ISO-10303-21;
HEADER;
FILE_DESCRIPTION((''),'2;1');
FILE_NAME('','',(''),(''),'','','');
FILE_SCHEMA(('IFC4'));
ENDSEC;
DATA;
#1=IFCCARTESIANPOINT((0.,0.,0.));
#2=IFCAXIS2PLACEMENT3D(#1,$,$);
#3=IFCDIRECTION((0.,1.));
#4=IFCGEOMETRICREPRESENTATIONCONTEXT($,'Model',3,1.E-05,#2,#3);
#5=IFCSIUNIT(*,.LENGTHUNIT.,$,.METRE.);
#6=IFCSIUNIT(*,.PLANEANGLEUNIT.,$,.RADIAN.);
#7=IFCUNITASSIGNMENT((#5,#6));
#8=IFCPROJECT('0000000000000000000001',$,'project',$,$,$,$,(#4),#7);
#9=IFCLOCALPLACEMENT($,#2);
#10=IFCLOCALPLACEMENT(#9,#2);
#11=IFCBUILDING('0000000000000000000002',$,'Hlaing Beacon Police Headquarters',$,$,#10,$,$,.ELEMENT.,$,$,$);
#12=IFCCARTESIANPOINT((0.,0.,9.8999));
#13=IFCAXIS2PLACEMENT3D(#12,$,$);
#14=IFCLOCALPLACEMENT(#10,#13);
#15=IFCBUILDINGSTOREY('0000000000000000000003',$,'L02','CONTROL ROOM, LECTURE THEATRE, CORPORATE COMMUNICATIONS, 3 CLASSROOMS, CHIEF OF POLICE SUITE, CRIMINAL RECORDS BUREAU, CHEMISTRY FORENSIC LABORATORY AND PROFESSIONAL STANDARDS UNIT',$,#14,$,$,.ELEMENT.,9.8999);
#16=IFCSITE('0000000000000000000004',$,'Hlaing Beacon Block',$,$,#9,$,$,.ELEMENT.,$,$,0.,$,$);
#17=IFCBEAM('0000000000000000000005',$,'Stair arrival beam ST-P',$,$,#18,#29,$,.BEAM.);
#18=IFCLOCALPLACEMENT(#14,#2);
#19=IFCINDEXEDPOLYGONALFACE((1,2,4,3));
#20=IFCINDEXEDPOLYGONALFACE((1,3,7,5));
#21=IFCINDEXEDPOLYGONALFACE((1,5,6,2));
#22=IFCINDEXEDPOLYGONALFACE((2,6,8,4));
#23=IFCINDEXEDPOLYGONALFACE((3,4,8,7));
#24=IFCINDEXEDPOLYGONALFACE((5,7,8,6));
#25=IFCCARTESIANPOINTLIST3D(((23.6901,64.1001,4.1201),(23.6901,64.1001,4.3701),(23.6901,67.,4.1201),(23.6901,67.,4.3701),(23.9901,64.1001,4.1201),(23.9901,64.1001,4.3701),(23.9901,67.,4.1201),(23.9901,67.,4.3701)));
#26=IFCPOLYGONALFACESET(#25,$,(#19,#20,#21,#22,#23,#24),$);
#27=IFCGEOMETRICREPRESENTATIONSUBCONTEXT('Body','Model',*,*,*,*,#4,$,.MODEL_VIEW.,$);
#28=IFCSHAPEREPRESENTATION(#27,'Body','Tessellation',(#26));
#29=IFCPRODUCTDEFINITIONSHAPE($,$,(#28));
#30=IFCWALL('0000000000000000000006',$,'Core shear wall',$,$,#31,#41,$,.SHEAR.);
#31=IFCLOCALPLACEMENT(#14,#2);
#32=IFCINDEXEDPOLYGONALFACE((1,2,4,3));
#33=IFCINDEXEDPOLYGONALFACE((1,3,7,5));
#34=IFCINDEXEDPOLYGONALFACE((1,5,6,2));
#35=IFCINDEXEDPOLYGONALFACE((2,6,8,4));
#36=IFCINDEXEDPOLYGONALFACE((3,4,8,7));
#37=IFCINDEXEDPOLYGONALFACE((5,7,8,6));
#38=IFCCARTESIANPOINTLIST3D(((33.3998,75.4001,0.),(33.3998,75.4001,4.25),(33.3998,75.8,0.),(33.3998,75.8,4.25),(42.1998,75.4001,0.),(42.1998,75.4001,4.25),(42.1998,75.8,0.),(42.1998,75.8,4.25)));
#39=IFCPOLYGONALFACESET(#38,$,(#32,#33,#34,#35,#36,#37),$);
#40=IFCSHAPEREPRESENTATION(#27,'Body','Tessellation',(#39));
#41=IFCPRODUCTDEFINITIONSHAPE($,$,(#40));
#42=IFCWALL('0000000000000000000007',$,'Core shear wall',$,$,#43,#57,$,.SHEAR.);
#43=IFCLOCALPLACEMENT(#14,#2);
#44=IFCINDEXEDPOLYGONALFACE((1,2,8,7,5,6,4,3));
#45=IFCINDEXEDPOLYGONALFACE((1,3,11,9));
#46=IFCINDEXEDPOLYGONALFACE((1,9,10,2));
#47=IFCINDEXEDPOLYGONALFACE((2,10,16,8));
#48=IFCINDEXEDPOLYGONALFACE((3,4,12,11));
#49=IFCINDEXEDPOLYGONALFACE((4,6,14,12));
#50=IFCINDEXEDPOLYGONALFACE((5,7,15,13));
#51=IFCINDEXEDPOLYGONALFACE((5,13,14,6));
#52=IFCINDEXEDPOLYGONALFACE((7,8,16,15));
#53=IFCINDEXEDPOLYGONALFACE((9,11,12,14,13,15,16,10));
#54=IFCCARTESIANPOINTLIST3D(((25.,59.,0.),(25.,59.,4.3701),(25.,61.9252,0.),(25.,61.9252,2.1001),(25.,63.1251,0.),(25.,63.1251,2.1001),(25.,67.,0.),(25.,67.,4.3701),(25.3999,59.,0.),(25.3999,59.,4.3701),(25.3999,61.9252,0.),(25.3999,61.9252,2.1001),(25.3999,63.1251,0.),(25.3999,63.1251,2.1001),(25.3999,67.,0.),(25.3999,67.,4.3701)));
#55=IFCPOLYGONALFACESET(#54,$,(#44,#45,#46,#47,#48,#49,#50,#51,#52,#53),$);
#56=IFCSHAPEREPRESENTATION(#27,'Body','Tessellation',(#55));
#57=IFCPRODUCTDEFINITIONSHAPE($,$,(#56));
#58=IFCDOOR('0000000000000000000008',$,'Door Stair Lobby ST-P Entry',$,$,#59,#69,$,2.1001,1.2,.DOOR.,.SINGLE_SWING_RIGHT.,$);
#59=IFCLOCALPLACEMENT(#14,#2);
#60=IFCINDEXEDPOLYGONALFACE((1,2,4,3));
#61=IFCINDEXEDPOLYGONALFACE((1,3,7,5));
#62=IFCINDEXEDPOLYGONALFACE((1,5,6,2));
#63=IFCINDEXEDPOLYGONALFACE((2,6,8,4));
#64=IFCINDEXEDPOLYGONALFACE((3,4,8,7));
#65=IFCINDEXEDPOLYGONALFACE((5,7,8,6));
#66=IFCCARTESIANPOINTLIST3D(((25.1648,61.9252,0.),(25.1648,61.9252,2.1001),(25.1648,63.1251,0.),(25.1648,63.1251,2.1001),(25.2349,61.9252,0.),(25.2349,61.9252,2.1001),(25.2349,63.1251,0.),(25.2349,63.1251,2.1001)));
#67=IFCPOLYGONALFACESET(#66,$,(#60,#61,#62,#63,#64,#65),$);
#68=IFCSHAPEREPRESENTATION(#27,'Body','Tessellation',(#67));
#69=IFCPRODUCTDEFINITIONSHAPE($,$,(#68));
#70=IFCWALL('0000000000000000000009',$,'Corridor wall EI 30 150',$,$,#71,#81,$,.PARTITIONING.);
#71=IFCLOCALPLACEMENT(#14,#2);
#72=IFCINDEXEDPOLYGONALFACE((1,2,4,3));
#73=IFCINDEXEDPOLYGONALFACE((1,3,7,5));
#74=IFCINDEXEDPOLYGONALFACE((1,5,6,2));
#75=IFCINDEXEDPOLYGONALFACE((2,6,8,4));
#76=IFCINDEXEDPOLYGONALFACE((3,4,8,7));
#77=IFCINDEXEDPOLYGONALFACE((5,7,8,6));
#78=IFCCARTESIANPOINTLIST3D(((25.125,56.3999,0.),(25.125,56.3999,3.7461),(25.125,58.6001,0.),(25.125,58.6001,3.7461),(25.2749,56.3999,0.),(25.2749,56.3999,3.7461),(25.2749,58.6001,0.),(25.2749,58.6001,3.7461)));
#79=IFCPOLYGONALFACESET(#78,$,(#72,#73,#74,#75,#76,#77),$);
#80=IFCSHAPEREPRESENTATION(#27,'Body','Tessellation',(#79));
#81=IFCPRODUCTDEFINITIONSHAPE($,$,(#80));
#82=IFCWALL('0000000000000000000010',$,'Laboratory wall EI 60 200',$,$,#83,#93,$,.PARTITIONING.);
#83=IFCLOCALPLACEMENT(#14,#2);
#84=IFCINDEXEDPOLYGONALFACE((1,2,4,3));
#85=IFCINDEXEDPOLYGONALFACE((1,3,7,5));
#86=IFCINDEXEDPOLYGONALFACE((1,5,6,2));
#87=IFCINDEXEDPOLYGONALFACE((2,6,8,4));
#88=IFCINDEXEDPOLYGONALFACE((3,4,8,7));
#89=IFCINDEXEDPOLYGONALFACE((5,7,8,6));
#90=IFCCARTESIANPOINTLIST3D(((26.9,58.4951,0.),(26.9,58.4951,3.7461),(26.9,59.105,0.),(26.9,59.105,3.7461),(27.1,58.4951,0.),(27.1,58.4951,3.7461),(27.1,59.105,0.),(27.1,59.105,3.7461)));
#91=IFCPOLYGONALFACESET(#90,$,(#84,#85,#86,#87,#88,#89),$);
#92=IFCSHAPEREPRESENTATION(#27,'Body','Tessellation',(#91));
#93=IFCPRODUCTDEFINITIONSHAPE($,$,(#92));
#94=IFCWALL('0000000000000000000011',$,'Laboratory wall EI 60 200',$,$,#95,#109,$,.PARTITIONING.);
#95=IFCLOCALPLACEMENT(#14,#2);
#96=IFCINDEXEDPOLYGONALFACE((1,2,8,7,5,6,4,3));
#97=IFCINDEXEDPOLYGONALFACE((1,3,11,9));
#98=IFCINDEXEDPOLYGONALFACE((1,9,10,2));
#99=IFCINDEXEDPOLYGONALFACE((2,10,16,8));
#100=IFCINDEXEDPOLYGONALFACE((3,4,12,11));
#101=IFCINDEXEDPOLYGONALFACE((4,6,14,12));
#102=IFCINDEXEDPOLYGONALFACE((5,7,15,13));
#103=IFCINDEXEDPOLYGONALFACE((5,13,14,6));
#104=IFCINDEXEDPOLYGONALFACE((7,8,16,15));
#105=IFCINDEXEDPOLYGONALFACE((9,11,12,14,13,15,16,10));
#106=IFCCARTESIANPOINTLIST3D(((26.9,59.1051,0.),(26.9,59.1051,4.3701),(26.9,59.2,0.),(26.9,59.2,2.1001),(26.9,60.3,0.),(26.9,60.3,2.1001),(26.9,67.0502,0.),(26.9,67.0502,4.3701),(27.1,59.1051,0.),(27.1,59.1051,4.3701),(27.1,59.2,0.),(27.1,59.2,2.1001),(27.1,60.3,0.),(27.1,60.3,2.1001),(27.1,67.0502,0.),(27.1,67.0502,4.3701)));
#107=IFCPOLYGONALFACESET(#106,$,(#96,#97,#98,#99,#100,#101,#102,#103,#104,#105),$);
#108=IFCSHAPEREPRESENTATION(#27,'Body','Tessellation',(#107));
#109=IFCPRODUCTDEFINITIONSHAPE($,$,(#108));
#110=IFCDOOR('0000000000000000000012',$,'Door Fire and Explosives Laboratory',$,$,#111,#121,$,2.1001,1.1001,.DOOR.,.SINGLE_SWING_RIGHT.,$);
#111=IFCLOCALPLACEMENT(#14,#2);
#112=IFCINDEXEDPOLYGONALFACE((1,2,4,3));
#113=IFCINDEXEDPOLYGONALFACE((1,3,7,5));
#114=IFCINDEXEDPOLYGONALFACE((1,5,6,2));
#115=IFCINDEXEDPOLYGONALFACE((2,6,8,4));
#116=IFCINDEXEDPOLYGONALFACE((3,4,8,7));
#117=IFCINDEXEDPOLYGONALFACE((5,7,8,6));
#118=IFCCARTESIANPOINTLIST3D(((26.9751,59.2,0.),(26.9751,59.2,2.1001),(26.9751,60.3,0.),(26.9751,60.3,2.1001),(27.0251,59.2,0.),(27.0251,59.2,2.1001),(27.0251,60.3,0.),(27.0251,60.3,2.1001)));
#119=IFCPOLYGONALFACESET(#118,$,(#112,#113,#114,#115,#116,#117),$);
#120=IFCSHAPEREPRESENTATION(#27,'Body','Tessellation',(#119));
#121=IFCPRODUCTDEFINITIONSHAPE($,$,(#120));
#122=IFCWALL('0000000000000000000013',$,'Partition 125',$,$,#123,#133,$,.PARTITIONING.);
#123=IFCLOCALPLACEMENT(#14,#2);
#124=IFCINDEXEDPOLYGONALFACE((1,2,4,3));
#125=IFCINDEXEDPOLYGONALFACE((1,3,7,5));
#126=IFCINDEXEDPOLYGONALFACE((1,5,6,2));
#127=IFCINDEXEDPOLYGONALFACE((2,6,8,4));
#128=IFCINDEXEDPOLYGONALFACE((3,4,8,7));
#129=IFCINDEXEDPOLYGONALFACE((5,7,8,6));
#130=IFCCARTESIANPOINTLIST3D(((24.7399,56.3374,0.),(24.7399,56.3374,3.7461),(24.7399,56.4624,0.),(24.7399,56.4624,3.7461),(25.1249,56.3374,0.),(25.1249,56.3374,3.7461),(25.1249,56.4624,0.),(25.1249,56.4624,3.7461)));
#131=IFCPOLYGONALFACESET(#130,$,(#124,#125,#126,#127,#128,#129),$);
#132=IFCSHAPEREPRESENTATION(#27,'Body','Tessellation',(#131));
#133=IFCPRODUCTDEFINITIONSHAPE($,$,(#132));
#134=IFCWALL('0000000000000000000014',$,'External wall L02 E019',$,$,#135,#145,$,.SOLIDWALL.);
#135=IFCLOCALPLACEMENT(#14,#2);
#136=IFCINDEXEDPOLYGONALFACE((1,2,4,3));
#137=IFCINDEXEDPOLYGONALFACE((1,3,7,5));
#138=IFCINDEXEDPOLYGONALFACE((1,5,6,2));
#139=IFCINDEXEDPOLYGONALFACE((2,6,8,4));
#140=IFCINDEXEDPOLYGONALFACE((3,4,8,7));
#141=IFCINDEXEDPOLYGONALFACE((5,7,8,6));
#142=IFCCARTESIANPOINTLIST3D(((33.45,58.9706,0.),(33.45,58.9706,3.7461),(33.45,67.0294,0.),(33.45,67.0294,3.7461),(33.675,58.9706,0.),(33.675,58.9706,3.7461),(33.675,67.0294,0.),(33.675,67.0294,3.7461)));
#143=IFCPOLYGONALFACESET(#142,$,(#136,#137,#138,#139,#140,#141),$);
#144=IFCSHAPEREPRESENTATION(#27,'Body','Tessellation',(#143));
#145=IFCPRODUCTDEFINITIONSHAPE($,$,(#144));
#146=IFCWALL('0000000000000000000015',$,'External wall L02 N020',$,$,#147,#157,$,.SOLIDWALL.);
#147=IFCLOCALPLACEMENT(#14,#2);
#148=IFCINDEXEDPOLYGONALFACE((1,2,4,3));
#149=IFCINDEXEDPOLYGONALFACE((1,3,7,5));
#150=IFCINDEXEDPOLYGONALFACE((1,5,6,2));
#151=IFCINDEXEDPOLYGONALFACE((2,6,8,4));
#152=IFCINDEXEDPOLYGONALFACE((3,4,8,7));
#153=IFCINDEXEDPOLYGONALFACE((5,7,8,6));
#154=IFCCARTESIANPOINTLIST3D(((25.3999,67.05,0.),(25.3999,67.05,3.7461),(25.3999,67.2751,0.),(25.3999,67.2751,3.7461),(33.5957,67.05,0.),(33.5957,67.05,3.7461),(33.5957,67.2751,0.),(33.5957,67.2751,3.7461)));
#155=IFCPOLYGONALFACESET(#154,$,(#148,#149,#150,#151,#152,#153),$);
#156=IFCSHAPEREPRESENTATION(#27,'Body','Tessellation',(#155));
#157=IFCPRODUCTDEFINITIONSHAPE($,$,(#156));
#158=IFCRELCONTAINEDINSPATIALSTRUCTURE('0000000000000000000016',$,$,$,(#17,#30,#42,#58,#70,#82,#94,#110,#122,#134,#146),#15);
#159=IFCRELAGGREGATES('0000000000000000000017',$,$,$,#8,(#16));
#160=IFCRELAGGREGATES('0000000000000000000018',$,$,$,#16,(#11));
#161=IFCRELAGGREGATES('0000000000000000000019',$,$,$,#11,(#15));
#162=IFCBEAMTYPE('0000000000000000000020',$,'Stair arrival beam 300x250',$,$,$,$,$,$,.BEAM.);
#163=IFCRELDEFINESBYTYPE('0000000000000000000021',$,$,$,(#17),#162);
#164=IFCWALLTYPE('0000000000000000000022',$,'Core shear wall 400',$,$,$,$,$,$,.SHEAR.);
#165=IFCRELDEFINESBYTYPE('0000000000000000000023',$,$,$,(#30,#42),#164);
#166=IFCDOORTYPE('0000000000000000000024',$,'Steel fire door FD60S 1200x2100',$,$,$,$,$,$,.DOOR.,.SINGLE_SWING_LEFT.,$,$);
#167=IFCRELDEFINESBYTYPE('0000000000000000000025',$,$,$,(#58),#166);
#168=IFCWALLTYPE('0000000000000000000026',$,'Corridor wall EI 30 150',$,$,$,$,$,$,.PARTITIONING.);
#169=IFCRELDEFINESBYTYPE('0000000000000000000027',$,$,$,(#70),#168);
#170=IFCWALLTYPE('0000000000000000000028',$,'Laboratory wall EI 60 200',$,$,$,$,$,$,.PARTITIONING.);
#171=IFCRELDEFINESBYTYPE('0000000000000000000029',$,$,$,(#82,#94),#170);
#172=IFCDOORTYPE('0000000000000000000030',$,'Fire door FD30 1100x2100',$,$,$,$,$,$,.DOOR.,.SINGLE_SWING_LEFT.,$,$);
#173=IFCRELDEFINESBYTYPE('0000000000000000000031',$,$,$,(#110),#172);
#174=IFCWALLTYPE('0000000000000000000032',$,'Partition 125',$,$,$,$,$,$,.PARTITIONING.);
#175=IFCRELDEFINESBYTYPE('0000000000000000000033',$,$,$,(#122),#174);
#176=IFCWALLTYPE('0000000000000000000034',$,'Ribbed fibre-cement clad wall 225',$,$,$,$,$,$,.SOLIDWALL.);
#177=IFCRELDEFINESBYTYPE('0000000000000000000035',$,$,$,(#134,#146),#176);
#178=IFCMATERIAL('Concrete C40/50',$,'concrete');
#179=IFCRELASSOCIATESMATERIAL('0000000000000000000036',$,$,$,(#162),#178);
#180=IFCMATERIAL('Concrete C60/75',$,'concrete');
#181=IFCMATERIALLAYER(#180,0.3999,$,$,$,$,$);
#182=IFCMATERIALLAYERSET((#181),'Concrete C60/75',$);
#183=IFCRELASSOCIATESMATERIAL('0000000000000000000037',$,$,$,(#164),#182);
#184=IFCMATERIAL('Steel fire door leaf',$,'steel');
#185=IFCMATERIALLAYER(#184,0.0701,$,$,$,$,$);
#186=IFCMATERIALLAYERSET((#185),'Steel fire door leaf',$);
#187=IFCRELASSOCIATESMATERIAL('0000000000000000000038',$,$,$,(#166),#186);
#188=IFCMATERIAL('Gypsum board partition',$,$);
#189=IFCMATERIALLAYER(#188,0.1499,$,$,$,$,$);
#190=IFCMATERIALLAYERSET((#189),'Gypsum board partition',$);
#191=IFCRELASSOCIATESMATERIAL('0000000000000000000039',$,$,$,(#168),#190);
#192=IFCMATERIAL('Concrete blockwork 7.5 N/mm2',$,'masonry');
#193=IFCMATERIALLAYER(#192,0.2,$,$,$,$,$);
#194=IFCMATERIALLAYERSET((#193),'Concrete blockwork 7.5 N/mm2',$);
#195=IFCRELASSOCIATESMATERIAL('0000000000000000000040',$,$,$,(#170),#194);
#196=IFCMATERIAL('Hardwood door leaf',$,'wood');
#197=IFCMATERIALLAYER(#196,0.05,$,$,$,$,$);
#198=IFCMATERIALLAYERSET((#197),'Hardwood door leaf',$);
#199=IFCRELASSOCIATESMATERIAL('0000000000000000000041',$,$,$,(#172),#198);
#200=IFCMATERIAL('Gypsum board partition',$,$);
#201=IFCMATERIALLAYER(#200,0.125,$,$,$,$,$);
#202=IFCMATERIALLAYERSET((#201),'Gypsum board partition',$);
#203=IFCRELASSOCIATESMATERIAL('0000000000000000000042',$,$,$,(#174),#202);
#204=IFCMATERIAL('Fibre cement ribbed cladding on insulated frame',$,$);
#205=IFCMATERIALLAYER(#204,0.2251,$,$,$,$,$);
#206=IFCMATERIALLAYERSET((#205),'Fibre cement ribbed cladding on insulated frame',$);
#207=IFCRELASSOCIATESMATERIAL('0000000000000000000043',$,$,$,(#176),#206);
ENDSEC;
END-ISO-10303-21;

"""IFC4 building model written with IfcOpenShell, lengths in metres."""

from ifc_helpers import new_model, si_unit, direction, frame, frame_2d, origin, origin_2d, place, context, subcontext, project, spatial, rectangle, extrude, material, layer, layer_set, material_profile, profile_set, type_object, element, fill, save


model = new_model("IFC4")

# Units and contexts
model_context = context("Model", 3, precision=1e-05, world=origin(), true_north=direction((0.0, 1.0)))
body_context = subcontext(model_context, "Body", "Model", "MODEL_VIEW")
ifc_project = project(units=[si_unit("LENGTHUNIT", "METRE"), si_unit("PLANEANGLEUNIT", "RADIAN")], contexts=[model_context])

# Site, building, storey
site_placement = place(None, origin())
site = spatial("IfcSite", under=ifc_project, at=site_placement, Name="Hlaing Beacon Block", CompositionType="ELEMENT", RefElevation=0.0)
building_placement = place(site_placement, origin())
building = spatial("IfcBuilding", under=site, at=building_placement, Name="Hlaing Beacon Police Headquarters", CompositionType="ELEMENT")
storey_placement = place(building_placement, frame((0.0, 0.0, 9.8999)))
storey = spatial("IfcBuildingStorey", under=building, at=storey_placement, Name="L02", Description="CONTROL ROOM, LECTURE THEATRE, CORPORATE COMMUNICATIONS, 3 CLASSROOMS, CHIEF OF POLICE SUITE, CRIMINAL RECORDS BUREAU, CHEMISTRY FORENSIC LABORATORY AND PROFESSIONAL STANDARDS UNIT", CompositionType="ELEMENT", Elevation=9.8999)

# Beam
ifc_material_1 = material(Name="Concrete C40/50", Category="concrete")
ifc_material_profile_1 = material_profile(ifc_material_1, rectangle(XDim=0.3, YDim=0.25, at=origin_2d()), Name="Stair arrival beam 300x250")
ifc_profile_set_1 = profile_set([ifc_material_profile_1], Name="Concrete C40/50")
beam_type_1 = type_object("IfcBeamType", Name="Stair arrival beam 300x250", PredefinedType="BEAM", material=ifc_profile_set_1)
beam_placement = place(storey_placement, frame((23.8401, 67.0, 4.2451), z_axis=(0.0, -1.0, 0.0), x_axis=(1.0, 0.0, 0.0)))
element("IfcBeam", 1, at=beam_placement, inside=storey, type_object=beam_type_1, Name="Stair arrival beam ST-P", PredefinedType="BEAM", context=body_context, shape_type="SweptSolid", body=[
    extrude(rectangle(XDim=0.3, YDim=0.25, at=origin_2d()), origin(), (0.0, 0.0, 1.0), 2.8999),
])

# Wall
ifc_material_2 = material(Name="Concrete C60/75", Category="concrete")
ifc_layer_1 = layer(ifc_material_2, 0.3999)
ifc_layer_set_1 = layer_set([ifc_layer_1], Name="Concrete C60/75")
wall_type_1 = type_object("IfcWallType", Name="Core shear wall 400", PredefinedType="SHEAR", material=ifc_layer_set_1)
wall_1_placement = place(storey_placement, frame((33.3999, 75.6001, 0.0), z_axis=(0.0, 0.0, 1.0), x_axis=(1.0, 0.0, 0.0)))
element("IfcWall", 2, at=wall_1_placement, inside=storey, type_object=wall_type_1, Name="Core shear wall", PredefinedType="SHEAR", context=body_context, shape_type="SweptSolid", body=[
    extrude(rectangle(XDim=8.8, YDim=0.3999, at=frame_2d((4.3999, 0.0))), origin(), (0.0, 0.0, 1.0), 4.25),
])

# Wall, opening, door
wall_2_placement = place(storey_placement, frame((25.2, 59.0, 0.0), z_axis=(0.0, 0.0, 1.0), x_axis=(0.0, 1.0, 0.0)))
wall_2 = element("IfcWall", 3, at=wall_2_placement, inside=storey, type_object=wall_type_1, Name="Core shear wall", PredefinedType="SHEAR", context=body_context, shape_type="SweptSolid", body=[
    extrude(rectangle(XDim=8.0, YDim=0.3999, at=frame_2d((4.0, 0.0))), origin(), (0.0, 0.0, 1.0), 4.3701),
])
opening_1_placement = place(wall_2_placement, frame((2.925, 0.0, 0.0)))
opening_1 = element("IfcOpeningElement", 4, at=opening_1_placement, cuts=wall_2, PredefinedType="OPENING", context=body_context, shape_type="SweptSolid", body=[
    extrude(rectangle(XDim=1.2, YDim=2.1001, at=frame_2d((0.6001, 1.05))), frame((0.0, 0.21, 0.0), z_axis=(0.0, -1.0, 0.0), x_axis=(1.0, 0.0, 0.0)), (0.0, 0.0, 1.0), 0.4199),
])
ifc_material_3 = material(Name="Steel fire door leaf", Category="steel")
ifc_layer_2 = layer(ifc_material_3, 0.0701)
ifc_layer_set_2 = layer_set([ifc_layer_2], Name="Steel fire door leaf")
door_type_1 = type_object("IfcDoorType", Name="Steel fire door FD60S 1200x2100", OperationType="SINGLE_SWING_LEFT", PredefinedType="DOOR", material=ifc_layer_set_2)
door_1_placement = place(opening_1_placement, origin())
door_1 = element("IfcDoor", 5, at=door_1_placement, inside=storey, type_object=door_type_1, Name="Door Stair Lobby ST-P Entry", OperationType="SINGLE_SWING_RIGHT", OverallHeight=2.1001, OverallWidth=1.2, PredefinedType="DOOR", context=body_context, shape_type="SweptSolid", body=[
    extrude(rectangle(XDim=1.2, YDim=2.1001, at=frame_2d((0.6001, 1.05))), frame((0.0, 0.0352, 0.0), z_axis=(0.0, -1.0, 0.0), x_axis=(1.0, 0.0, 0.0)), (0.0, 0.0, 1.0), 0.0701),
])
fill(opening_1, door_1)

# Walls
ifc_material_4 = material(Name="Gypsum board partition")
ifc_layer_3 = layer(ifc_material_4, 0.1499)
ifc_layer_set_3 = layer_set([ifc_layer_3], Name="Gypsum board partition")
wall_type_2 = type_object("IfcWallType", Name="Corridor wall EI 30 150", PredefinedType="PARTITIONING", material=ifc_layer_set_3)
wall_3_placement = place(storey_placement, frame((25.2, 56.3999, 0.0), z_axis=(0.0, 0.0, 1.0), x_axis=(0.0, 1.0, 0.0)))
element("IfcWall", 6, at=wall_3_placement, inside=storey, type_object=wall_type_2, Name="Corridor wall EI 30 150", PredefinedType="PARTITIONING", context=body_context, shape_type="SweptSolid", body=[
    extrude(rectangle(XDim=2.2002, YDim=0.1499, at=frame_2d((1.1001, 0.0))), origin(), (0.0, 0.0, 1.0), 3.7461),
])
ifc_material_5 = material(Name="Concrete blockwork 7.5 N/mm2", Category="masonry")
ifc_layer_4 = layer(ifc_material_5, 0.2)
ifc_layer_set_4 = layer_set([ifc_layer_4], Name="Concrete blockwork 7.5 N/mm2")
wall_type_3 = type_object("IfcWallType", Name="Laboratory wall EI 60 200", PredefinedType="PARTITIONING", material=ifc_layer_set_4)
wall_4_placement = place(storey_placement, frame((27.0, 58.4951, 0.0), z_axis=(0.0, 0.0, 1.0), x_axis=(0.0, 1.0, 0.0)))
element("IfcWall", 7, at=wall_4_placement, inside=storey, type_object=wall_type_3, Name="Laboratory wall EI 60 200", PredefinedType="PARTITIONING", context=body_context, shape_type="SweptSolid", body=[
    extrude(rectangle(XDim=0.6099, YDim=0.2, at=frame_2d((0.3049, 0.0))), origin(), (0.0, 0.0, 1.0), 3.7461),
])

# Wall, opening, door
wall_5_placement = place(storey_placement, frame((27.0, 59.105, 0.0), z_axis=(0.0, 0.0, 1.0), x_axis=(0.0, 1.0, 0.0)))
wall_5 = element("IfcWall", 8, at=wall_5_placement, inside=storey, type_object=wall_type_3, Name="Laboratory wall EI 60 200", PredefinedType="PARTITIONING", context=body_context, shape_type="SweptSolid", body=[
    extrude(rectangle(XDim=7.9451, YDim=0.2, at=frame_2d((3.9727, 0.0))), origin(), (0.0, 0.0, 1.0), 4.3701),
])
opening_2_placement = place(wall_5_placement, frame((0.095, 0.0, 0.0)))
opening_2 = element("IfcOpeningElement", 9, at=opening_2_placement, cuts=wall_5, PredefinedType="OPENING", context=body_context, shape_type="SweptSolid", body=[
    extrude(rectangle(XDim=1.1001, YDim=2.1001, at=frame_2d((0.55, 1.05))), frame((0.0, 0.1099, 0.0), z_axis=(0.0, -1.0, 0.0), x_axis=(1.0, 0.0, 0.0)), (0.0, 0.0, 1.0), 0.22),
])
ifc_material_6 = material(Name="Hardwood door leaf", Category="wood")
ifc_layer_5 = layer(ifc_material_6, 0.05)
ifc_layer_set_5 = layer_set([ifc_layer_5], Name="Hardwood door leaf")
door_type_2 = type_object("IfcDoorType", Name="Fire door FD30 1100x2100", OperationType="SINGLE_SWING_LEFT", PredefinedType="DOOR", material=ifc_layer_set_5)
door_2_placement = place(opening_2_placement, frame((1.1001, 0.0, 0.0), z_axis=(0.0, 0.0, 1.0), x_axis=(-1.0, 0.0, 0.0)))
door_2 = element("IfcDoor", 10, at=door_2_placement, inside=storey, type_object=door_type_2, Name="Door Fire and Explosives Laboratory", OperationType="SINGLE_SWING_RIGHT", OverallHeight=2.1001, OverallWidth=1.1001, PredefinedType="DOOR", context=body_context, shape_type="SweptSolid", body=[
    extrude(rectangle(XDim=1.1001, YDim=2.1001, at=frame_2d((0.55, 1.05))), frame((0.0, 0.0251, 0.0), z_axis=(0.0, -1.0, 0.0), x_axis=(1.0, 0.0, 0.0)), (0.0, 0.0, 1.0), 0.05),
])
fill(opening_2, door_2)

# Walls
ifc_material_7 = material(Name="Gypsum board partition")
ifc_layer_6 = layer(ifc_material_7, 0.125)
ifc_layer_set_6 = layer_set([ifc_layer_6], Name="Gypsum board partition")
wall_type_4 = type_object("IfcWallType", Name="Partition 125", PredefinedType="PARTITIONING", material=ifc_layer_set_6)
wall_6_placement = place(storey_placement, frame((24.74, 56.3999, 0.0), z_axis=(0.0, 0.0, 1.0), x_axis=(1.0, 0.0, 0.0)))
element("IfcWall", 11, at=wall_6_placement, inside=storey, type_object=wall_type_4, Name="Partition 125", PredefinedType="PARTITIONING", context=body_context, shape_type="SweptSolid", body=[
    extrude(rectangle(XDim=0.385, YDim=0.125, at=frame_2d((0.1924, 0.0))), origin(), (0.0, 0.0, 1.0), 3.7461),
])
ifc_material_8 = material(Name="Fibre cement ribbed cladding on insulated frame")
ifc_layer_7 = layer(ifc_material_8, 0.2251)
ifc_layer_set_7 = layer_set([ifc_layer_7], Name="Fibre cement ribbed cladding on insulated frame")
wall_type_5 = type_object("IfcWallType", Name="Ribbed fibre-cement clad wall 225", PredefinedType="SOLIDWALL", material=ifc_layer_set_7)
wall_7_placement = place(storey_placement, frame((33.5625, 58.9707, 0.0), z_axis=(0.0, 0.0, 1.0), x_axis=(0.0, 1.0, 0.0)))
element("IfcWall", 12, at=wall_7_placement, inside=storey, type_object=wall_type_5, Name="External wall L02 E019", PredefinedType="SOLIDWALL", context=body_context, shape_type="SweptSolid", body=[
    extrude(rectangle(XDim=8.0588, YDim=0.2251, at=frame_2d((4.0293, 0.0))), origin(), (0.0, 0.0, 1.0), 3.7461),
])
wall_8_placement = place(storey_placement, frame((33.5957, 67.1626, 0.0), z_axis=(0.0, 0.0, 1.0), x_axis=(-1.0, 0.0, 0.0)))
element("IfcWall", 13, at=wall_8_placement, inside=storey, type_object=wall_type_5, Name="External wall L02 N020", PredefinedType="SOLIDWALL", context=body_context, shape_type="SweptSolid", body=[
    extrude(rectangle(XDim=8.1958, YDim=0.2251, at=frame_2d((4.0979, 0.0))), origin(), (0.0, 0.0, 1.0), 3.7461),
])

save(model, "model.ifc")
